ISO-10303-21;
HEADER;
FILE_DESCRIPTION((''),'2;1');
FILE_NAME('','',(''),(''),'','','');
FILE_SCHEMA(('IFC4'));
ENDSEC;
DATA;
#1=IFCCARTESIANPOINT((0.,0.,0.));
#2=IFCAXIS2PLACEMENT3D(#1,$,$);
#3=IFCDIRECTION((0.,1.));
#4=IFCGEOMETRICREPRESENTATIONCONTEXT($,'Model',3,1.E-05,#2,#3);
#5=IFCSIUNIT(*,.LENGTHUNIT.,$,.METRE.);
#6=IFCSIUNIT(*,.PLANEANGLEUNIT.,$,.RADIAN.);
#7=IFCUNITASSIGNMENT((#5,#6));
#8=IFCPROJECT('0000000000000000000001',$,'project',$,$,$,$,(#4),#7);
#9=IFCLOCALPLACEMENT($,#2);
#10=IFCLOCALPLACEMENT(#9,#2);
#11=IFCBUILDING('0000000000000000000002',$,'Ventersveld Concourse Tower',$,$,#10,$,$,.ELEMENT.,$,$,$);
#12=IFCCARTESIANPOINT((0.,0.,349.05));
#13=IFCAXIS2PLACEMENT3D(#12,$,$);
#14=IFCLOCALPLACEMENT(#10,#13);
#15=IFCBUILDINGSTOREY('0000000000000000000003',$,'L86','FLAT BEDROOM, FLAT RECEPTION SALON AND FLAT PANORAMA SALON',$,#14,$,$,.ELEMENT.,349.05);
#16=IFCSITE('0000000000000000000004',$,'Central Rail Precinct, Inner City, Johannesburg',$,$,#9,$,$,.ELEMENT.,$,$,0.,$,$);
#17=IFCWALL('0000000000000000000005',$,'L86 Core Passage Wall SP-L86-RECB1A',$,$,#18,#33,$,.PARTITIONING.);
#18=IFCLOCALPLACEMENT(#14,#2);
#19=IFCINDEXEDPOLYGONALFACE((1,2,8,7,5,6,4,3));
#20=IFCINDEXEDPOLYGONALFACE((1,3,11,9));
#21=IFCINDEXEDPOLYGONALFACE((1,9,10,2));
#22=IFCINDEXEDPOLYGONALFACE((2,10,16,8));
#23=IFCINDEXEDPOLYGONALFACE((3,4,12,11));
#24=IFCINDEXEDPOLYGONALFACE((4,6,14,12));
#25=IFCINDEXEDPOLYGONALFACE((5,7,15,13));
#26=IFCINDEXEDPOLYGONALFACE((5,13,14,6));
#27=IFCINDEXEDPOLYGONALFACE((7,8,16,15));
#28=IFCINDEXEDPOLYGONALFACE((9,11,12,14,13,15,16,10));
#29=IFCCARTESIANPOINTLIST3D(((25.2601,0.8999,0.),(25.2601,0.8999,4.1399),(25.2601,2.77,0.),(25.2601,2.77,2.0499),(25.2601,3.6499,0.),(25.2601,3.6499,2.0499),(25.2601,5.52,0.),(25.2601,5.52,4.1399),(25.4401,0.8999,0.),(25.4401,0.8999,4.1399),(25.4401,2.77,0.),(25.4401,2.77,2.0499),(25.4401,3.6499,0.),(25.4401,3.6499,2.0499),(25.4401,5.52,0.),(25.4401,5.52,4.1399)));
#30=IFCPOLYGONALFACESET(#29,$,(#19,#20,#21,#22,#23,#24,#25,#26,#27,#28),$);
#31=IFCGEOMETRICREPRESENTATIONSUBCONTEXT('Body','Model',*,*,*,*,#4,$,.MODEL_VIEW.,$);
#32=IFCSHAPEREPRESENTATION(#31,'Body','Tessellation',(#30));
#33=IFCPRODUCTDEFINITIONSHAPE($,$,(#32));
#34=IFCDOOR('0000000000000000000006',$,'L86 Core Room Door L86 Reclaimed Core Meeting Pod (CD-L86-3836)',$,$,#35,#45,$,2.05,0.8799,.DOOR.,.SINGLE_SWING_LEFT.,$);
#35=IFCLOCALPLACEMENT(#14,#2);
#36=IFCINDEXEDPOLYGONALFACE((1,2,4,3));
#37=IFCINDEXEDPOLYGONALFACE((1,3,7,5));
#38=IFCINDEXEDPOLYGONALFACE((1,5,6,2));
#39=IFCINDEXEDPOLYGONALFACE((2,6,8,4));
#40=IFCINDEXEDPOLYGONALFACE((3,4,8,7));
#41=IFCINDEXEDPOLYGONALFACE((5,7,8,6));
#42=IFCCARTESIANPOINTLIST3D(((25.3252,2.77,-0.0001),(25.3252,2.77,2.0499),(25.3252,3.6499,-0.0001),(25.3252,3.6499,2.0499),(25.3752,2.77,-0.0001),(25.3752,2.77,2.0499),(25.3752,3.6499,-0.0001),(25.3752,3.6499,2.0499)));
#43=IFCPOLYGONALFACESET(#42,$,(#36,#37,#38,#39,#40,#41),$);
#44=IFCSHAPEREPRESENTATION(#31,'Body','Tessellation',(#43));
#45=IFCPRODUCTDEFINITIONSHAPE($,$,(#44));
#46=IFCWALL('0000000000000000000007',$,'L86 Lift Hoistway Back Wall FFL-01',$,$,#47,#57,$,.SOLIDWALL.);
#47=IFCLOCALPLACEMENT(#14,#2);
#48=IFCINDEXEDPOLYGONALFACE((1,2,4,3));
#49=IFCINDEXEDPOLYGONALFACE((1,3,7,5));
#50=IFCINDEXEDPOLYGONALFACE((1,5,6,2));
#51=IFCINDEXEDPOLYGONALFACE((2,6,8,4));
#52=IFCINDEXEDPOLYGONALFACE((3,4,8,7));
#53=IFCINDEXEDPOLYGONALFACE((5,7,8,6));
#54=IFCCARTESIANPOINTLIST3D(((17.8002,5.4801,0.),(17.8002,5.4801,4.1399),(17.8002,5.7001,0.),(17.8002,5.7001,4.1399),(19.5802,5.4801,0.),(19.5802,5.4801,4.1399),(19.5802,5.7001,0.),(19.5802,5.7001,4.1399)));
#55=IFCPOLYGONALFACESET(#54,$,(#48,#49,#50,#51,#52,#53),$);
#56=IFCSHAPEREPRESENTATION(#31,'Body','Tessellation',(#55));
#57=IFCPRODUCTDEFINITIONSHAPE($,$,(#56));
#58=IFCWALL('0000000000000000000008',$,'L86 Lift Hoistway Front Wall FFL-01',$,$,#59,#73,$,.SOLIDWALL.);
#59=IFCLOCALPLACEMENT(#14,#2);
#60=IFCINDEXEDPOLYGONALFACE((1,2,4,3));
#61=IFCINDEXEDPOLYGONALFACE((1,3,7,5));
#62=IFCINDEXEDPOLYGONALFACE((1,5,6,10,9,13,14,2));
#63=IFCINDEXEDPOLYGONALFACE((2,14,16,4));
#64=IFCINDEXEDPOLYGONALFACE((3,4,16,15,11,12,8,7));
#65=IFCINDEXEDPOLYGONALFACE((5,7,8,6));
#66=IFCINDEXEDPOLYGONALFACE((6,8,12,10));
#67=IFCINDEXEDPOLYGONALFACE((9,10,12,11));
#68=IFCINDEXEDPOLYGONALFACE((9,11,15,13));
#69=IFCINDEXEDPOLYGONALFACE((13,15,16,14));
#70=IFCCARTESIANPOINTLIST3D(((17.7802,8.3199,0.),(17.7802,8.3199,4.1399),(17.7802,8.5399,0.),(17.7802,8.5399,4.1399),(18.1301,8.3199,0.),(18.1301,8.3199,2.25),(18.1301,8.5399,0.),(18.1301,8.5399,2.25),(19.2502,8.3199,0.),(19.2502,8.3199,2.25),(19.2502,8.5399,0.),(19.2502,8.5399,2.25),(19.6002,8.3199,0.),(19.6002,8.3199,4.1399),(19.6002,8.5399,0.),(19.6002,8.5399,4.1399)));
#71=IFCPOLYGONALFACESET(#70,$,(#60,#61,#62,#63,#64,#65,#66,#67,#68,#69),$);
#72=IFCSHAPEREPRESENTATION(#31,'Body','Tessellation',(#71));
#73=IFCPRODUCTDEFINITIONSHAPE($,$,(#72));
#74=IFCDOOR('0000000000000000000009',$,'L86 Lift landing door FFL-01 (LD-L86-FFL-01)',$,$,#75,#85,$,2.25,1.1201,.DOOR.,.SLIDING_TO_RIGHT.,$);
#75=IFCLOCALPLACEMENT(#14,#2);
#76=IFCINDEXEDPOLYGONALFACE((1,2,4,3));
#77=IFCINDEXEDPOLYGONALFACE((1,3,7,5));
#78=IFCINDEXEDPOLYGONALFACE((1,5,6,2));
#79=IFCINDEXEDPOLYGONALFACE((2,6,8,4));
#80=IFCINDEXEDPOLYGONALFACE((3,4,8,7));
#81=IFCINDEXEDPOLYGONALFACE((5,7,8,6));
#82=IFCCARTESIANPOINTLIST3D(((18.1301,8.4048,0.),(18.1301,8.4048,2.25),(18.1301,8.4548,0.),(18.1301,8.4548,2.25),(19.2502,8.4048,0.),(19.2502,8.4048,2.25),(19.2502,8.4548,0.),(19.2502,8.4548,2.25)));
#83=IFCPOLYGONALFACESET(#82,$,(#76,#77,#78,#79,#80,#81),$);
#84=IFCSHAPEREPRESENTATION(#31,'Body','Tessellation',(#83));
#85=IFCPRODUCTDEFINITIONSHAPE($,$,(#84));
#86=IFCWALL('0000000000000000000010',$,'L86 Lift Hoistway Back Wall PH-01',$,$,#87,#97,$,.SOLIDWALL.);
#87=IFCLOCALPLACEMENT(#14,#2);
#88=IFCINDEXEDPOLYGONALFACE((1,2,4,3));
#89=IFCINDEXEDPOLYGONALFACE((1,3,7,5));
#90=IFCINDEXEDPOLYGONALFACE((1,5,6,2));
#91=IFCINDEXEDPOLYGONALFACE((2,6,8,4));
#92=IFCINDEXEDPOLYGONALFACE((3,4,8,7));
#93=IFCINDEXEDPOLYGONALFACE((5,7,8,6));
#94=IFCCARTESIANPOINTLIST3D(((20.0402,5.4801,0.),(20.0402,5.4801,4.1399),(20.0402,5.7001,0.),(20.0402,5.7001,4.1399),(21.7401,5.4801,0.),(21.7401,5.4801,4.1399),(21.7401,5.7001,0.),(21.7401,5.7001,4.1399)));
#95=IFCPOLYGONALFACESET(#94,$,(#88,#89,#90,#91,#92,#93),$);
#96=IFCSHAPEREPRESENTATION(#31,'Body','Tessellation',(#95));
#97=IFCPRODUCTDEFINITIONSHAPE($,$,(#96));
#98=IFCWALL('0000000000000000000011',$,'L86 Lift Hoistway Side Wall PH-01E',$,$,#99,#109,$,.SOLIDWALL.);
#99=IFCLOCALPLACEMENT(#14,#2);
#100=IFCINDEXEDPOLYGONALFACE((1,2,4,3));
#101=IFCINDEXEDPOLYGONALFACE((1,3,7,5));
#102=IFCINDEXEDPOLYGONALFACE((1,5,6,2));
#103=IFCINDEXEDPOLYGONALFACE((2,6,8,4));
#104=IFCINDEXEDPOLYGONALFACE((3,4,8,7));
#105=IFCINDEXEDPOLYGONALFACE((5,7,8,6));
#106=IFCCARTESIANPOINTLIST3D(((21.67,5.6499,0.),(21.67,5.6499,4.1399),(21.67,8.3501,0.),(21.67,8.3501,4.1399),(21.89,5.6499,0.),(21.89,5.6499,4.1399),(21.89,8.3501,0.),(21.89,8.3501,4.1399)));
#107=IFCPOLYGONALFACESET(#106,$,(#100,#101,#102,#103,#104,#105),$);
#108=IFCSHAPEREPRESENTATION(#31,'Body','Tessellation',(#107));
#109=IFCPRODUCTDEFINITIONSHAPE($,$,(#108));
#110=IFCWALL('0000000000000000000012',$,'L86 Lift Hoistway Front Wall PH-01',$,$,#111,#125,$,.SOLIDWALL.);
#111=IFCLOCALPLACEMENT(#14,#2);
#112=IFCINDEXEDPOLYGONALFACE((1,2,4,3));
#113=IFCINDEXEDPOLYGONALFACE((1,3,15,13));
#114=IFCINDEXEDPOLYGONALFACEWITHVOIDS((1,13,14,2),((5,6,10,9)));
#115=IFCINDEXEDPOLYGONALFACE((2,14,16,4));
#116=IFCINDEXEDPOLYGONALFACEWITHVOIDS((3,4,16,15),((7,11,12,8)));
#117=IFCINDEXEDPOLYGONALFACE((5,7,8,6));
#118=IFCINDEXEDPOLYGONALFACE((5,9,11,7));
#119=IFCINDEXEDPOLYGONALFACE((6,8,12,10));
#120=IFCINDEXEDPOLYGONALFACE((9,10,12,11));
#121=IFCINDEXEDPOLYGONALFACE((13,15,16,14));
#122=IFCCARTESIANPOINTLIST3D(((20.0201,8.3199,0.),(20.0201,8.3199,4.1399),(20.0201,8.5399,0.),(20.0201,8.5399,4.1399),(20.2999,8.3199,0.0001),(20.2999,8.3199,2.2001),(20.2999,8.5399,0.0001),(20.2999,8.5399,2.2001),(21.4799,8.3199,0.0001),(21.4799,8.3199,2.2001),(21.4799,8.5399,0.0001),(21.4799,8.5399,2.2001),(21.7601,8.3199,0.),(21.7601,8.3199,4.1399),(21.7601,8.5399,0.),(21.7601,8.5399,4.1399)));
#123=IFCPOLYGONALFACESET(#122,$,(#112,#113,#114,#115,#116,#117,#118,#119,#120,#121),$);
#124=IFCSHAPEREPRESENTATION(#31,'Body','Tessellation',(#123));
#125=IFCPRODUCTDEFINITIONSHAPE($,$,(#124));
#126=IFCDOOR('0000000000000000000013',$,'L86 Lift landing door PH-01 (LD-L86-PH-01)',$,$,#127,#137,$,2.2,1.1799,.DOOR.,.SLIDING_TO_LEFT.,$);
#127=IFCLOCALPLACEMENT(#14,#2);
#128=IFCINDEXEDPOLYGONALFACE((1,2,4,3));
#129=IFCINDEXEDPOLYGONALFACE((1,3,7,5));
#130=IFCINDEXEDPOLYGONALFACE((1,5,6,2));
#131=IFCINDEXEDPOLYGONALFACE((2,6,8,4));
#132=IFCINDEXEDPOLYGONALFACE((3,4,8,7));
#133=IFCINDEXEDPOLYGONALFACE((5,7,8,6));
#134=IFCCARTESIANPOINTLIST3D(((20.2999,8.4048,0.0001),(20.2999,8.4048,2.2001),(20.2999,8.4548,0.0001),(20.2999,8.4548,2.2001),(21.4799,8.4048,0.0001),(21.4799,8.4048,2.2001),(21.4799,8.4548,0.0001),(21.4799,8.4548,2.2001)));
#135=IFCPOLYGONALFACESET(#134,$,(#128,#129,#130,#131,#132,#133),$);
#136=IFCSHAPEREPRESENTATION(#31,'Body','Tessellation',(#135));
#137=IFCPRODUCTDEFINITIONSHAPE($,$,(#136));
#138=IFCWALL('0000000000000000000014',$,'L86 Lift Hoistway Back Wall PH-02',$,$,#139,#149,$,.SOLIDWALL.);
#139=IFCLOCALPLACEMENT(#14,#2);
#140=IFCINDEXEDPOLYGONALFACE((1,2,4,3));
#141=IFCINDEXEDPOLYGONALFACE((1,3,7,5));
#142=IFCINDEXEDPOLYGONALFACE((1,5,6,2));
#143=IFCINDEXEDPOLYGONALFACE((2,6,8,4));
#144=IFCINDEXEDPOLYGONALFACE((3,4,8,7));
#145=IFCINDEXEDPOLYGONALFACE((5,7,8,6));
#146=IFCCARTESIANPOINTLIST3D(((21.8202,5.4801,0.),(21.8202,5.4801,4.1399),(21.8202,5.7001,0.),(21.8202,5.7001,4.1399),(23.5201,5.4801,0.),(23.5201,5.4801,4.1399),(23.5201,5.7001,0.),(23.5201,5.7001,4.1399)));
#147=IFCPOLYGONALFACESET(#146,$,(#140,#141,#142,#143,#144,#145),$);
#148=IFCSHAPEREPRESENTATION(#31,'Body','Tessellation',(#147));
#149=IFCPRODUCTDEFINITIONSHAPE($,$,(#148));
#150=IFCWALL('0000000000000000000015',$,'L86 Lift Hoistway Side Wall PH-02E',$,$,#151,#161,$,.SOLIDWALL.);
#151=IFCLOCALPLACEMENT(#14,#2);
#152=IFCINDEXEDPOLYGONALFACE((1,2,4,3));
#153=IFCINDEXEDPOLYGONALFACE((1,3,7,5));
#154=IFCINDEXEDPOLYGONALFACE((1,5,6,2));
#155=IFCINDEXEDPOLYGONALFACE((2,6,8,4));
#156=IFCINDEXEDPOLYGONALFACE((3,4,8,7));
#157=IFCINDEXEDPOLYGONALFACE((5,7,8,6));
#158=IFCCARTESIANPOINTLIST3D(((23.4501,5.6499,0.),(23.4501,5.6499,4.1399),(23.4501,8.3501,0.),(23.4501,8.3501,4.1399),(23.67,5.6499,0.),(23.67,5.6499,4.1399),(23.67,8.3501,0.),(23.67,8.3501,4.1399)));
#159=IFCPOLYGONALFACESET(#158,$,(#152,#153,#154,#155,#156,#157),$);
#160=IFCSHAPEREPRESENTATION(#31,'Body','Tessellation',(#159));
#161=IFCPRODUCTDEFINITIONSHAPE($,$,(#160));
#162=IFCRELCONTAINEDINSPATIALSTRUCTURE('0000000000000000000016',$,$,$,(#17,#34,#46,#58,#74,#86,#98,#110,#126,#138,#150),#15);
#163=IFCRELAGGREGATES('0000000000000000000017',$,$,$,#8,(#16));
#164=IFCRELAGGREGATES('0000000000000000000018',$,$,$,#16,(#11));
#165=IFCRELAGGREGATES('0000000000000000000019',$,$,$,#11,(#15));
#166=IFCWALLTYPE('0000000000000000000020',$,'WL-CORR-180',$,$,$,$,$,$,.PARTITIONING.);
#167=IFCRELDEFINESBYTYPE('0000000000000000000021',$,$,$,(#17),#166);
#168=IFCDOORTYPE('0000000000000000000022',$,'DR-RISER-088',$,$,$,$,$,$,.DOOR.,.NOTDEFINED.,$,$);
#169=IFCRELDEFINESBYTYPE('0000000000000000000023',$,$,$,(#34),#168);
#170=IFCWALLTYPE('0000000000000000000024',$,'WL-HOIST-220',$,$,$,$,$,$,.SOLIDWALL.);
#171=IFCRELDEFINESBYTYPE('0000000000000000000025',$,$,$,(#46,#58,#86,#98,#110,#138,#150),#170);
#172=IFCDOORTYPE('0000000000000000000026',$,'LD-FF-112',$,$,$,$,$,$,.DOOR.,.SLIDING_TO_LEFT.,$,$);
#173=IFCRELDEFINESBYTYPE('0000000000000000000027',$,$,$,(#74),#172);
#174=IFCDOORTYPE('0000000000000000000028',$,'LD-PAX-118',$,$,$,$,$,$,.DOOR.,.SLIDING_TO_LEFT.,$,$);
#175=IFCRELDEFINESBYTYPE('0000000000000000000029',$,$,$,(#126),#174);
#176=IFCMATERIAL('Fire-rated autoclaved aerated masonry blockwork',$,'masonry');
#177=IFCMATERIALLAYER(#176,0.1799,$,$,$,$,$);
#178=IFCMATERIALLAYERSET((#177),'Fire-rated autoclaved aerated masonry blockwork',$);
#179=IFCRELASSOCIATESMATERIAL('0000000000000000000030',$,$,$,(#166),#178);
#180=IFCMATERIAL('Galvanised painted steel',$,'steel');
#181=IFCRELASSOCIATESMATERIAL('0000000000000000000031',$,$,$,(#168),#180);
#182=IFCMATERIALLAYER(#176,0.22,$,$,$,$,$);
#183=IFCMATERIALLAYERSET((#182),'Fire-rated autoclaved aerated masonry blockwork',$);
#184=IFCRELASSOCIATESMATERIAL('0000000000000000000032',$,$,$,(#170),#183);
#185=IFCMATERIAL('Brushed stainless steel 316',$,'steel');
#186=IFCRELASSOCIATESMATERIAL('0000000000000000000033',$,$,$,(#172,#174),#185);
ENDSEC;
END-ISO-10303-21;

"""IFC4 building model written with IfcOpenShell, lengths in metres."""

from ifc_helpers import new_model, si_unit, direction, frame, frame_2d, origin, place, context, subcontext, project, spatial, rectangle, extrude, material, layer, layer_set, type_object, element, fill, save


model = new_model("IFC4")

# Units and contexts
model_context = context("Model", 3, precision=1e-05, world=origin(), true_north=direction((0.0, 1.0)))
body_context = subcontext(model_context, "Body", "Model", "MODEL_VIEW")
ifc_project = project(units=[si_unit("LENGTHUNIT", "METRE"), si_unit("PLANEANGLEUNIT", "RADIAN")], contexts=[model_context])

# Site, building, storey
site_placement = place(None, origin())
site = spatial("IfcSite", under=ifc_project, at=site_placement, Name="Central Rail Precinct, Inner City, Johannesburg", CompositionType="ELEMENT", RefElevation=0.0)
building_placement = place(site_placement, origin())
building = spatial("IfcBuilding", under=site, at=building_placement, Name="Ventersveld Concourse Tower", CompositionType="ELEMENT")
storey_placement = place(building_placement, frame((0.0, 0.0, 349.05)))
storey = spatial("IfcBuildingStorey", under=building, at=storey_placement, Name="L86", Description="FLAT BEDROOM, FLAT RECEPTION SALON AND FLAT PANORAMA SALON", CompositionType="ELEMENT", Elevation=349.05)

# Wall, opening, door
ifc_material_1 = material(Name="Fire-rated autoclaved aerated masonry blockwork", Category="masonry")
ifc_layer_1 = layer(ifc_material_1, 0.1799)
ifc_layer_set_1 = layer_set([ifc_layer_1], Name="Fire-rated autoclaved aerated masonry blockwork")
wall_type_1 = type_object("IfcWallType", Name="WL-CORR-180", PredefinedType="PARTITIONING", material=ifc_layer_set_1)
wall_1_placement = place(storey_placement, frame((25.3501, 0.8999, 0.0), z_axis=(0.0, 0.0, 1.0), x_axis=(0.0, 1.0, 0.0)))
wall_1 = element("IfcWall", 1, at=wall_1_placement, inside=storey, type_object=wall_type_1, Name="L86 Core Passage Wall SP-L86-RECB1A", PredefinedType="PARTITIONING", context=body_context, shape_type="SweptSolid", body=[
    extrude(rectangle(XDim=4.6201, YDim=0.1799, at=frame_2d((2.3101, 0.0))), origin(), (0.0, 0.0, 1.0), 4.1399),
])
opening_1_placement = place(wall_1_placement, frame((1.8701, 0.0, 0.0)))
opening_1 = element("IfcOpeningElement", 2, at=opening_1_placement, cuts=wall_1, PredefinedType="OPENING", context=body_context, shape_type="SweptSolid", body=[
    extrude(rectangle(XDim=0.8799, YDim=2.05, at=frame_2d((0.4399, 1.0249))), frame((0.0, 0.1001, 0.0), z_axis=(0.0, -1.0, 0.0), x_axis=(1.0, 0.0, 0.0)), (0.0, 0.0, 1.0), 0.2),
])
ifc_material_2 = material(Name="Galvanised painted steel", Category="steel")
door_type_1 = type_object("IfcDoorType", Name="DR-RISER-088", OperationType="NOTDEFINED", PredefinedType="DOOR", material=ifc_material_2)
door_1_placement = place(opening_1_placement, origin())
door_1 = element("IfcDoor", 3, at=door_1_placement, inside=storey, type_object=door_type_1, Name="L86 Core Room Door L86 Reclaimed Core Meeting Pod (CD-L86-3836)", OperationType="SINGLE_SWING_LEFT", OverallHeight=2.05, OverallWidth=0.8799, PredefinedType="DOOR", context=body_context, shape_type="SweptSolid", body=[
    extrude(rectangle(XDim=0.8799, YDim=2.05, at=frame_2d((0.4399, 1.0249))), frame((0.0, 0.0249, 0.0), z_axis=(0.0, -1.0, 0.0), x_axis=(1.0, 0.0, 0.0)), (0.0, 0.0, 1.0), 0.05),
])
fill(opening_1, door_1)

# Wall
ifc_layer_2 = layer(ifc_material_1, 0.22)
ifc_layer_set_2 = layer_set([ifc_layer_2], Name="Fire-rated autoclaved aerated masonry blockwork")
wall_type_2 = type_object("IfcWallType", Name="WL-HOIST-220", PredefinedType="SOLIDWALL", material=ifc_layer_set_2)
wall_2_placement = place(storey_placement, frame((17.8, 5.5901, 0.0), z_axis=(0.0, 0.0, 1.0), x_axis=(1.0, 0.0, 0.0)))
element("IfcWall", 4, at=wall_2_placement, inside=storey, type_object=wall_type_2, Name="L86 Lift Hoistway Back Wall FFL-01", PredefinedType="SOLIDWALL", context=body_context, shape_type="SweptSolid", body=[
    extrude(rectangle(XDim=1.78, YDim=0.22, at=frame_2d((0.8901, 0.0))), origin(), (0.0, 0.0, 1.0), 4.1399),
])

# Wall, opening, door
wall_3_placement = place(storey_placement, frame((17.78, 8.4299, 0.0), z_axis=(0.0, 0.0, 1.0), x_axis=(1.0, 0.0, 0.0)))
wall_3 = element("IfcWall", 5, at=wall_3_placement, inside=storey, type_object=wall_type_2, Name="L86 Lift Hoistway Front Wall FFL-01", PredefinedType="SOLIDWALL", context=body_context, shape_type="SweptSolid", body=[
    extrude(rectangle(XDim=1.8201, YDim=0.22, at=frame_2d((0.9102, 0.0))), origin(), (0.0, 0.0, 1.0), 4.1399),
])
opening_2_placement = place(wall_3_placement, frame((0.3501, 0.0, 0.0)))
opening_2 = element("IfcOpeningElement", 6, at=opening_2_placement, cuts=wall_3, PredefinedType="OPENING", context=body_context, shape_type="SweptSolid", body=[
    extrude(rectangle(XDim=1.1201, YDim=2.25, at=frame_2d((0.5601, 1.125))), frame((0.0, 0.1201, 0.0), z_axis=(0.0, -1.0, 0.0), x_axis=(1.0, 0.0, 0.0)), (0.0, 0.0, 1.0), 0.24),
])
ifc_material_3 = material(Name="Brushed stainless steel 316", Category="steel")
door_type_2 = type_object("IfcDoorType", Name="LD-FF-112", OperationType="SLIDING_TO_LEFT", PredefinedType="DOOR", material=ifc_material_3)
door_2_placement = place(opening_2_placement, origin())
door_2 = element("IfcDoor", 7, at=door_2_placement, inside=storey, type_object=door_type_2, Name="L86 Lift landing door FFL-01 (LD-L86-FFL-01)", OperationType="SLIDING_TO_RIGHT", OverallHeight=2.25, OverallWidth=1.1201, PredefinedType="DOOR", context=body_context, shape_type="SweptSolid", body=[
    extrude(rectangle(XDim=1.1201, YDim=2.25, at=frame_2d((0.5601, 1.125))), frame((0.0, 0.0249, 0.0), z_axis=(0.0, -1.0, 0.0), x_axis=(1.0, 0.0, 0.0)), (0.0, 0.0, 1.0), 0.05),
])
fill(opening_2, door_2)

# Walls
wall_4_placement = place(storey_placement, frame((20.04, 5.5901, 0.0), z_axis=(0.0, 0.0, 1.0), x_axis=(1.0, 0.0, 0.0)))
element("IfcWall", 8, at=wall_4_placement, inside=storey, type_object=wall_type_2, Name="L86 Lift Hoistway Back Wall PH-01", PredefinedType="SOLIDWALL", context=body_context, shape_type="SweptSolid", body=[
    extrude(rectangle(XDim=1.7, YDim=0.22, at=frame_2d((0.8501, 0.0))), origin(), (0.0, 0.0, 1.0), 4.1399),
])
wall_5_placement = place(storey_placement, frame((21.78, 5.6499, 0.0), z_axis=(0.0, 0.0, 1.0), x_axis=(0.0, 1.0, 0.0)))
element("IfcWall", 9, at=wall_5_placement, inside=storey, type_object=wall_type_2, Name="L86 Lift Hoistway Side Wall PH-01E", PredefinedType="SOLIDWALL", context=body_context, shape_type="SweptSolid", body=[
    extrude(rectangle(XDim=2.7002, YDim=0.22, at=frame_2d((1.3501, 0.0))), origin(), (0.0, 0.0, 1.0), 4.1399),
])

# Wall, opening, door
wall_6_placement = place(storey_placement, frame((20.02, 8.4299, 0.0), z_axis=(0.0, 0.0, 1.0), x_axis=(1.0, 0.0, 0.0)))
wall_6 = element("IfcWall", 10, at=wall_6_placement, inside=storey, type_object=wall_type_2, Name="L86 Lift Hoistway Front Wall PH-01", PredefinedType="SOLIDWALL", context=body_context, shape_type="SweptSolid", body=[
    extrude(rectangle(XDim=1.74, YDim=0.22, at=frame_2d((0.8701, 0.0))), origin(), (0.0, 0.0, 1.0), 4.1399),
])
opening_3_placement = place(wall_6_placement, frame((0.28, 0.0, 0.0)))
opening_3 = element("IfcOpeningElement", 11, at=opening_3_placement, cuts=wall_6, PredefinedType="OPENING", context=body_context, shape_type="SweptSolid", body=[
    extrude(rectangle(XDim=1.1799, YDim=2.2, at=frame_2d((0.5898, 1.1001))), frame((0.0, 0.1201, 0.0), z_axis=(0.0, -1.0, 0.0), x_axis=(1.0, 0.0, 0.0)), (0.0, 0.0, 1.0), 0.24),
])
door_type_3 = type_object("IfcDoorType", Name="LD-PAX-118", OperationType="SLIDING_TO_LEFT", PredefinedType="DOOR", material=ifc_material_3)
door_3_placement = place(opening_3_placement, origin())
door_3 = element("IfcDoor", 12, at=door_3_placement, inside=storey, type_object=door_type_3, Name="L86 Lift landing door PH-01 (LD-L86-PH-01)", OperationType="SLIDING_TO_LEFT", OverallHeight=2.2, OverallWidth=1.1799, PredefinedType="DOOR", context=body_context, shape_type="SweptSolid", body=[
    extrude(rectangle(XDim=1.1799, YDim=2.2, at=frame_2d((0.5898, 1.1001))), frame((0.0, 0.0249, 0.0), z_axis=(0.0, -1.0, 0.0), x_axis=(1.0, 0.0, 0.0)), (0.0, 0.0, 1.0), 0.05),
])
fill(opening_3, door_3)

# Walls
wall_7_placement = place(storey_placement, frame((21.8201, 5.5901, 0.0), z_axis=(0.0, 0.0, 1.0), x_axis=(1.0, 0.0, 0.0)))
element("IfcWall", 13, at=wall_7_placement, inside=storey, type_object=wall_type_2, Name="L86 Lift Hoistway Back Wall PH-02", PredefinedType="SOLIDWALL", context=body_context, shape_type="SweptSolid", body=[
    extrude(rectangle(XDim=1.7, YDim=0.22, at=frame_2d((0.8501, 0.0))), origin(), (0.0, 0.0, 1.0), 4.1399),
])
wall_8_placement = place(storey_placement, frame((23.5601, 5.6499, 0.0), z_axis=(0.0, 0.0, 1.0), x_axis=(0.0, 1.0, 0.0)))
element("IfcWall", 14, at=wall_8_placement, inside=storey, type_object=wall_type_2, Name="L86 Lift Hoistway Side Wall PH-02E", PredefinedType="SOLIDWALL", context=body_context, shape_type="SweptSolid", body=[
    extrude(rectangle(XDim=2.7002, YDim=0.22, at=frame_2d((1.3501, 0.0))), origin(), (0.0, 0.0, 1.0), 4.1399),
])

save(model, "model.ifc")
